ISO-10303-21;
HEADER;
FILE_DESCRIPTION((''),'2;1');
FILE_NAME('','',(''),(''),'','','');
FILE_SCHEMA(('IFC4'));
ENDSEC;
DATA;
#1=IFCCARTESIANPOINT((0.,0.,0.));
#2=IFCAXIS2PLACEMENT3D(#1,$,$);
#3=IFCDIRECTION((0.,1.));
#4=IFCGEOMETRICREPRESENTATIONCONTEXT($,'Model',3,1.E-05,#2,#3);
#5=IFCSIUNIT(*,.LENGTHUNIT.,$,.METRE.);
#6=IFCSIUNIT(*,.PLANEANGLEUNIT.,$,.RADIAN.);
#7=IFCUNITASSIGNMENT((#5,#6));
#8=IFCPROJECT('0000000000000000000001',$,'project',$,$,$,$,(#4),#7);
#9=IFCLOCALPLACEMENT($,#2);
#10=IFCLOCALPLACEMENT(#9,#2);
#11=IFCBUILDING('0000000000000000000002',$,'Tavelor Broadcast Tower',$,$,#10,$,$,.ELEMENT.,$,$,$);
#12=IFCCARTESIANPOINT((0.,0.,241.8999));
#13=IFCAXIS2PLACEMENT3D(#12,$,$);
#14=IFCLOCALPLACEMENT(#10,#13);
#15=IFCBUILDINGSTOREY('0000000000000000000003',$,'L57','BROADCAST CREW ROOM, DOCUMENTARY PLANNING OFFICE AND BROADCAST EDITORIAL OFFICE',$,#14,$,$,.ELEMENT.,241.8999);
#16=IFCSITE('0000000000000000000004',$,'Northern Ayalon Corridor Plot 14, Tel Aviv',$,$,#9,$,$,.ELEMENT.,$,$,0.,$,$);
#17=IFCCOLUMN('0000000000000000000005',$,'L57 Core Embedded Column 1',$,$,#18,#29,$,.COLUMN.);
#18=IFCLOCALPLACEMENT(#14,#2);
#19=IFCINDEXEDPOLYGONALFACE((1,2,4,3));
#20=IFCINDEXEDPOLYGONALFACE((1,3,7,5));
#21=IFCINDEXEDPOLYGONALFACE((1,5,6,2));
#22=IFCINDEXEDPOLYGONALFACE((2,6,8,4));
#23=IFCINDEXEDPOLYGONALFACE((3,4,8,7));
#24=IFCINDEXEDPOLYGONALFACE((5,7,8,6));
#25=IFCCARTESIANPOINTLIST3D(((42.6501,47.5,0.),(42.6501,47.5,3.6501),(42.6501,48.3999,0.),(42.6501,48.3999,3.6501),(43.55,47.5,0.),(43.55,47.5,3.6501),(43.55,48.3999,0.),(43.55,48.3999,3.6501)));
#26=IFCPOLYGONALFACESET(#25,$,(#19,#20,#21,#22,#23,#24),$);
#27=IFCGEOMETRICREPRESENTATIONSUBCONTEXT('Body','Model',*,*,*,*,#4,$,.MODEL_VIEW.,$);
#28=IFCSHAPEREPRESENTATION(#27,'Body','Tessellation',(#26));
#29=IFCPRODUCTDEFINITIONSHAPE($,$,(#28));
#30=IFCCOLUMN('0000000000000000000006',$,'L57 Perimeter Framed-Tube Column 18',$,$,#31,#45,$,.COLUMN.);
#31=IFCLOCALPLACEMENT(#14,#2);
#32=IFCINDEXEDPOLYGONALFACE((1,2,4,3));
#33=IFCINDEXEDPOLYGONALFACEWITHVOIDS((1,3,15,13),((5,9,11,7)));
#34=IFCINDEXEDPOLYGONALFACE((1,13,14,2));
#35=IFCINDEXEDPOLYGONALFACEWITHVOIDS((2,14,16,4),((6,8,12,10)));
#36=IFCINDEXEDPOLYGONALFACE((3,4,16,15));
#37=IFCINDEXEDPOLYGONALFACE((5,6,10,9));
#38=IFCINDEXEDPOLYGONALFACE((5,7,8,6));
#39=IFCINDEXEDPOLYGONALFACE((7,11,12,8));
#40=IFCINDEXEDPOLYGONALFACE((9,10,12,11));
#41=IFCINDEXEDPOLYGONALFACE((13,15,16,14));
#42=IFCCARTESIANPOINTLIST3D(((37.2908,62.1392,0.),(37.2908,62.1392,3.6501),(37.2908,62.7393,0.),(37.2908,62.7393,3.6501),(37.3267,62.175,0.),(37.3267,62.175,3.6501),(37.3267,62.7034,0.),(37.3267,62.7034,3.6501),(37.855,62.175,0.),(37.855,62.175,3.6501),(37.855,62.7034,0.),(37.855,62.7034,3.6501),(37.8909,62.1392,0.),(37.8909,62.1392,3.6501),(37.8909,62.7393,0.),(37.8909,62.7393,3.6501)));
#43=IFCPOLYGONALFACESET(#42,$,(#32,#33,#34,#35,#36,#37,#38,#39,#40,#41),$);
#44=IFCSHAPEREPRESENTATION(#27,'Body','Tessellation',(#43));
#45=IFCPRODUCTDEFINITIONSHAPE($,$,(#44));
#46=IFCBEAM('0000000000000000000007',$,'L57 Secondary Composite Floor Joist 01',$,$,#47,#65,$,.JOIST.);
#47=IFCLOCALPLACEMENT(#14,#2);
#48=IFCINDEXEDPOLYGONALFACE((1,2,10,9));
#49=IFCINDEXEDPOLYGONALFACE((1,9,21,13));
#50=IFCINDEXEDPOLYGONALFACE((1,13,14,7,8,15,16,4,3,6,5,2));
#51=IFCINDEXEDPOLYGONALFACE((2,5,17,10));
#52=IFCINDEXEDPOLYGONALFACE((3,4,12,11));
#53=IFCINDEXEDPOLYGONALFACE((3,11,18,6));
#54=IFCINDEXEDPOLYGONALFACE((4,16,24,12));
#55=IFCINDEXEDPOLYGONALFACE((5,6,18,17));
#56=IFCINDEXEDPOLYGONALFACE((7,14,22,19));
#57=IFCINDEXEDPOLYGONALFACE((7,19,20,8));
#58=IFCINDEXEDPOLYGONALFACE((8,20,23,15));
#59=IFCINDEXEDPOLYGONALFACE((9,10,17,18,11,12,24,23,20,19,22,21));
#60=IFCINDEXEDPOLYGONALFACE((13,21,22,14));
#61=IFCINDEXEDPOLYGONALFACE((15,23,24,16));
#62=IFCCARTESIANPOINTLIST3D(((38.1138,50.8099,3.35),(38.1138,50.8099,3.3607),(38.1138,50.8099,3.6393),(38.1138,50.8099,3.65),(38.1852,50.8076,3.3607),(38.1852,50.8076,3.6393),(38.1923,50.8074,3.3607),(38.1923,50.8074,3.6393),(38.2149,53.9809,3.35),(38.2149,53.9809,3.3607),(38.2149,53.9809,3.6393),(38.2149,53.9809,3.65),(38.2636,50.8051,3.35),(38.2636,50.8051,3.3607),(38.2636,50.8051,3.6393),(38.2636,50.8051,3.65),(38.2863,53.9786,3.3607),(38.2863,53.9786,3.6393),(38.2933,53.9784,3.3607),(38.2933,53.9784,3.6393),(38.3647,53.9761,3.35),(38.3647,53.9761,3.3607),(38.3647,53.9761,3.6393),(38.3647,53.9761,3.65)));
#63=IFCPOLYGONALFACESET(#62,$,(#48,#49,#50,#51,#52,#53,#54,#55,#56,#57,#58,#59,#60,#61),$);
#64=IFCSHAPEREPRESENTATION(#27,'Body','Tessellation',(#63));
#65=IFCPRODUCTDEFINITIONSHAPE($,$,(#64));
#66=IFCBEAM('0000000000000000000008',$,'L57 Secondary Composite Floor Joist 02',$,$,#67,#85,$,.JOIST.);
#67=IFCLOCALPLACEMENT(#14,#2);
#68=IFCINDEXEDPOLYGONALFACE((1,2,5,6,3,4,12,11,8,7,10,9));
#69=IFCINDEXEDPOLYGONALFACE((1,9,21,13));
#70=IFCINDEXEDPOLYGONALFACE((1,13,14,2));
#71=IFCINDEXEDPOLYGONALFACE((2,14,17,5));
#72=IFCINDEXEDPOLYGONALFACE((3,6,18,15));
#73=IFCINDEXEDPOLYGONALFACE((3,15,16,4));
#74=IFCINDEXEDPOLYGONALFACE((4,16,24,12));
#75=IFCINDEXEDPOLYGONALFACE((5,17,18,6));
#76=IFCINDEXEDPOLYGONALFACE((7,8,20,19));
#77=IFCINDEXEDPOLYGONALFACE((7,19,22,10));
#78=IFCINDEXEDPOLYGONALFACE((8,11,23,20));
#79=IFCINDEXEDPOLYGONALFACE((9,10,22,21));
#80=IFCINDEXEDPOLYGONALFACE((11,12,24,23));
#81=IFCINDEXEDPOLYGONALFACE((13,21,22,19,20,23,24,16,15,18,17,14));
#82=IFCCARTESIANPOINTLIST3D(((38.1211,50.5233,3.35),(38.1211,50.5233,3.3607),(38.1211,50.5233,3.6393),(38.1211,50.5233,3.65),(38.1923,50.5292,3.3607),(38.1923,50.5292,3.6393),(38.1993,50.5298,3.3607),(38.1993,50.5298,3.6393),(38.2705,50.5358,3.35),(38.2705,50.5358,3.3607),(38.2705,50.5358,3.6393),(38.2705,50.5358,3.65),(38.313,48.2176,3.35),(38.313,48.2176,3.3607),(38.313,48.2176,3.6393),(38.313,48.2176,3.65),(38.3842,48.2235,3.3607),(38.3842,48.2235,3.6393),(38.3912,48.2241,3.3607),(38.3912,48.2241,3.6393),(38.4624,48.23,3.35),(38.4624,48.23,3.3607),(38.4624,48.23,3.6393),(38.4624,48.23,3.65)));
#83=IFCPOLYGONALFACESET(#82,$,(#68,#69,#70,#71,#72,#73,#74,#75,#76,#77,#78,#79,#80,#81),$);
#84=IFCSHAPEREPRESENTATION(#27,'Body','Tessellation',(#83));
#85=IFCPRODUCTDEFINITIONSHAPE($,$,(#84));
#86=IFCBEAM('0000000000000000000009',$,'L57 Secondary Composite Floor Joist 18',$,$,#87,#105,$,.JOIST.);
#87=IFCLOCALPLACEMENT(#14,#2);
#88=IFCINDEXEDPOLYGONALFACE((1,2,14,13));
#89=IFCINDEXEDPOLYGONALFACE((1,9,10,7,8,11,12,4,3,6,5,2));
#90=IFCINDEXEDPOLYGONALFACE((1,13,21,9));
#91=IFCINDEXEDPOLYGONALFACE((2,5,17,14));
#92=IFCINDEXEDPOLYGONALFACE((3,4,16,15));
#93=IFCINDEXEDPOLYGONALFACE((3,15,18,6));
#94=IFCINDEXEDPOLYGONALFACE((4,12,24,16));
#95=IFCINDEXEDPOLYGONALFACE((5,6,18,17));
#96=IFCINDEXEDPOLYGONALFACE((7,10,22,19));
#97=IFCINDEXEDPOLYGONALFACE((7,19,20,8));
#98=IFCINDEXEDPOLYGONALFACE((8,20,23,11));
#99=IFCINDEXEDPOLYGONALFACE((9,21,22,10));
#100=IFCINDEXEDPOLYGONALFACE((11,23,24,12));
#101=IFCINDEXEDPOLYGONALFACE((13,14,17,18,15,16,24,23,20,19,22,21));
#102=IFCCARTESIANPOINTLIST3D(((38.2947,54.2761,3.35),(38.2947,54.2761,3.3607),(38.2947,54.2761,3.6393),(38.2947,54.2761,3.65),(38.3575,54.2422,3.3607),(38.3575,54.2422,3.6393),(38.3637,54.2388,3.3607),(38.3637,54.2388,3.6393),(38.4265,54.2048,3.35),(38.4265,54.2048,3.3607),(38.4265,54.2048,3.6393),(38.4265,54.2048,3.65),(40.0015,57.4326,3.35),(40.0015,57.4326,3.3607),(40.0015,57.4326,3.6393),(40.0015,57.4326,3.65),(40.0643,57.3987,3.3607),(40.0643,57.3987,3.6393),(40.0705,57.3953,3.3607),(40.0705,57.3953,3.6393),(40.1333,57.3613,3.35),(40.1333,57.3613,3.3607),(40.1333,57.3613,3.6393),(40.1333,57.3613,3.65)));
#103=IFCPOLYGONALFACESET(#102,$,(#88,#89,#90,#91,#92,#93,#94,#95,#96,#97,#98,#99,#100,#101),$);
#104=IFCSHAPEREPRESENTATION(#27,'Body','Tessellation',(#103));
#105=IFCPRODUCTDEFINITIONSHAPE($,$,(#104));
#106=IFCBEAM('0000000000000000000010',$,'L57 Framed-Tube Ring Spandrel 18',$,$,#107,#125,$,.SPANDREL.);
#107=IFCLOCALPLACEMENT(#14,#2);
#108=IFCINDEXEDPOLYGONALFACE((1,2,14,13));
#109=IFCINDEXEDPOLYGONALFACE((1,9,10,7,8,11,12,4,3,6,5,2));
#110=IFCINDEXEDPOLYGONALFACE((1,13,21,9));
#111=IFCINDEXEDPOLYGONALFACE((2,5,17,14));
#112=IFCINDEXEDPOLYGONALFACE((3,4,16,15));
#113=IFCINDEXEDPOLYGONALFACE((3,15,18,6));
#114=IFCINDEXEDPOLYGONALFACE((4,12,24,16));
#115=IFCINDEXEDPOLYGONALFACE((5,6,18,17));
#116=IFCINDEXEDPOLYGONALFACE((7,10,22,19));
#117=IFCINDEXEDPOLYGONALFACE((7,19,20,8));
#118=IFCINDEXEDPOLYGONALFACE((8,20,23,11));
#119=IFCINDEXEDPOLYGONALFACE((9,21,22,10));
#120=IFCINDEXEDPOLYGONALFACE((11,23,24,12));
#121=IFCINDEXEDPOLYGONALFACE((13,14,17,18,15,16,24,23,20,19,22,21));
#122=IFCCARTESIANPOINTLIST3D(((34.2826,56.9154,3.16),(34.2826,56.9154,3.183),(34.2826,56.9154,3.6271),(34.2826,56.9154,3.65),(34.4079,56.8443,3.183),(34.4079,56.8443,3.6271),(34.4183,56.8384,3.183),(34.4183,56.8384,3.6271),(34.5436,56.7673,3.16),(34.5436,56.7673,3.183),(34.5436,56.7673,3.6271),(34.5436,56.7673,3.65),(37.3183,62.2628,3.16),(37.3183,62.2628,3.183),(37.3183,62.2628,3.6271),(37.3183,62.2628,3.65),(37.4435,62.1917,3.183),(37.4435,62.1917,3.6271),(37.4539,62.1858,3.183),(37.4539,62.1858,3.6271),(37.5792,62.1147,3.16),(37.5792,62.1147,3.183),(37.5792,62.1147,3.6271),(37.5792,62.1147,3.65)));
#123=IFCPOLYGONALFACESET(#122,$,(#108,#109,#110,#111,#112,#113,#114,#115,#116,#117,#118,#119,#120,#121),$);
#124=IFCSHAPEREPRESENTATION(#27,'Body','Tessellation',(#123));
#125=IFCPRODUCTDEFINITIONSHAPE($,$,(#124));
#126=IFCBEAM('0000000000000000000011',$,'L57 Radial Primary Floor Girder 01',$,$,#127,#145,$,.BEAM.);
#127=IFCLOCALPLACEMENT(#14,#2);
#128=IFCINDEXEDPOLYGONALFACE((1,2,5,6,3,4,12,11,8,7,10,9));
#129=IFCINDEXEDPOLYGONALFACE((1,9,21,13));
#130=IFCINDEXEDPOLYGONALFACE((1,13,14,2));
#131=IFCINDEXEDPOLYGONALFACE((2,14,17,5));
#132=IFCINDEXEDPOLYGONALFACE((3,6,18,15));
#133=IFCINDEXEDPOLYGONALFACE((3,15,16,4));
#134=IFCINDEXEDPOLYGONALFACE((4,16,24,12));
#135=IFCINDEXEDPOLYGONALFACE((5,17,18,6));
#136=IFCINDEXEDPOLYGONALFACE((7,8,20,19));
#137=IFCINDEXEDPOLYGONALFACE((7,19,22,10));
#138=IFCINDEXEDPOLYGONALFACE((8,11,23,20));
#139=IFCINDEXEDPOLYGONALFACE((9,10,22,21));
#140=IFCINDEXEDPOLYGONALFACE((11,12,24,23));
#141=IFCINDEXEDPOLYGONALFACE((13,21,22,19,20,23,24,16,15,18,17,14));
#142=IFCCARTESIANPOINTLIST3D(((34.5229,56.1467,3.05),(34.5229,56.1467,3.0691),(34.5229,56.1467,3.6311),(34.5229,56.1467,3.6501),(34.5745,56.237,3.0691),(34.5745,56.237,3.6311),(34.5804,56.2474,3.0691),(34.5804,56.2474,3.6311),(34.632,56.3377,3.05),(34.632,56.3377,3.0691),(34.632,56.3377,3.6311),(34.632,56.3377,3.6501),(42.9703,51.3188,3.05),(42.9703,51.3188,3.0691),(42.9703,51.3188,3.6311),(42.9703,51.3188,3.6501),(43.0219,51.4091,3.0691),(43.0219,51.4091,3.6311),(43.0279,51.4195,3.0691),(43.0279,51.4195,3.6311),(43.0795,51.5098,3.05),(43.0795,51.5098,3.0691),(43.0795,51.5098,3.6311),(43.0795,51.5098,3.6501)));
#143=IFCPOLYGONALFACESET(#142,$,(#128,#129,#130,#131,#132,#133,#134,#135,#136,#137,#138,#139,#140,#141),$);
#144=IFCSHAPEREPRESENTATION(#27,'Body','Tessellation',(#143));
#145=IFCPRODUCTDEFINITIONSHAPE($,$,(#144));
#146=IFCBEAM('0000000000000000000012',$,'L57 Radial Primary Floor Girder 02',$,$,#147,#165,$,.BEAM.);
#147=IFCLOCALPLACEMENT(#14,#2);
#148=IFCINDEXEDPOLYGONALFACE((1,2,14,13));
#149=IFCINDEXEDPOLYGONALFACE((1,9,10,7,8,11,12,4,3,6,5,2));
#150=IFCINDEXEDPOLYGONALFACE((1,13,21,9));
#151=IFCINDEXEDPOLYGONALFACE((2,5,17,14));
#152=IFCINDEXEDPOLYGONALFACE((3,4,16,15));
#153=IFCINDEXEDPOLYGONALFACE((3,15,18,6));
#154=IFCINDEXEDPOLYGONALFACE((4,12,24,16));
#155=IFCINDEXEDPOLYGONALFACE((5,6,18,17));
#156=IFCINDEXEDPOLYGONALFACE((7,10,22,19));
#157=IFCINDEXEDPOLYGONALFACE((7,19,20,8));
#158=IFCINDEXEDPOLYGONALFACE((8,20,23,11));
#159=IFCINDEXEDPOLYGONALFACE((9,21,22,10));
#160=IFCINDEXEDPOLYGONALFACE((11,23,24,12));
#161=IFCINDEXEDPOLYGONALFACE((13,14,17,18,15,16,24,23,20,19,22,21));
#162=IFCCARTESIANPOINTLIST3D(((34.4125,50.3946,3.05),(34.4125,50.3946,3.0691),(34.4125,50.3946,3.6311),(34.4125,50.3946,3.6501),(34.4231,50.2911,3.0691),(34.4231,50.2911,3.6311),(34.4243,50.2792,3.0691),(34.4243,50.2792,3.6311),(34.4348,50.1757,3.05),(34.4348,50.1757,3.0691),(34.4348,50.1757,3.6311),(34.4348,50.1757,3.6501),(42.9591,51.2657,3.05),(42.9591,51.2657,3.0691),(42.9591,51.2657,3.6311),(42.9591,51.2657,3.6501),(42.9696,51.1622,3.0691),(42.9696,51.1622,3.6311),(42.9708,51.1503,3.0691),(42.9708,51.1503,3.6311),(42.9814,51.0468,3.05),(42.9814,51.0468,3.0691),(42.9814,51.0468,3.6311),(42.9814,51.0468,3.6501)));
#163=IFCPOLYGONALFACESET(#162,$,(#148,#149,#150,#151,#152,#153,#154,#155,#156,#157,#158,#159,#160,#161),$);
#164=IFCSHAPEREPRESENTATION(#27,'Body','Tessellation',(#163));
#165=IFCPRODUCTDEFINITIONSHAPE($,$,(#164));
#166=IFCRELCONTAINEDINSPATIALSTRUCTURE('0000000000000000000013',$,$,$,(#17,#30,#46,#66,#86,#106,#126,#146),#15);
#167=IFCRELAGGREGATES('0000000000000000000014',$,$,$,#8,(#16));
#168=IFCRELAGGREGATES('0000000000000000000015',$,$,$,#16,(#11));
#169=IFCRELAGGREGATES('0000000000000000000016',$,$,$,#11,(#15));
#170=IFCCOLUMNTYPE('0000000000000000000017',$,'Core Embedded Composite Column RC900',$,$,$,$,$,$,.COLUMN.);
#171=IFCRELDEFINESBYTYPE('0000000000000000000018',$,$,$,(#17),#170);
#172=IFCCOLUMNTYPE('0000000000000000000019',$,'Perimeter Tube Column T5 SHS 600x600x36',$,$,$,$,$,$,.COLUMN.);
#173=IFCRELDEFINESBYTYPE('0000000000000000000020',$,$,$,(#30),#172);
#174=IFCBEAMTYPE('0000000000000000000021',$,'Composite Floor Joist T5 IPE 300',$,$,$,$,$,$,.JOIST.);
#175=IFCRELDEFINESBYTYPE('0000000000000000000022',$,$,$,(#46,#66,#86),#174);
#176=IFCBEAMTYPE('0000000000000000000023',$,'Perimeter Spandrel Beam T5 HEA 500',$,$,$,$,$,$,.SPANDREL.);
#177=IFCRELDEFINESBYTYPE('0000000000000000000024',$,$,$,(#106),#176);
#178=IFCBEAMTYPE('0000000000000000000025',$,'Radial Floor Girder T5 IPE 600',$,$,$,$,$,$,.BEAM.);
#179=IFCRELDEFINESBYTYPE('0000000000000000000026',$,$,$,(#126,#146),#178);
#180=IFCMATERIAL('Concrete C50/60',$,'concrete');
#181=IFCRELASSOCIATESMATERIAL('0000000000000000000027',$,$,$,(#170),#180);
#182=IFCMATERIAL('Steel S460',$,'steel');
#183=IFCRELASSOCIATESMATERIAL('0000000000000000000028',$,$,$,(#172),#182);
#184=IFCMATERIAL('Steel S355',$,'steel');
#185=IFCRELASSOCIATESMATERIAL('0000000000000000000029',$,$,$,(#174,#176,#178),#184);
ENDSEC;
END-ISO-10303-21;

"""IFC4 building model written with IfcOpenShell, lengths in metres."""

from ifc_helpers import new_model, si_unit, direction, frame, origin, origin_2d, place, context, subcontext, project, spatial, rectangle, hollow_rectangle, i_section, extrude, material, material_profile, profile_set, type_object, element, save


model = new_model("IFC4")

# Units and contexts
model_context = context("Model", 3, precision=1e-05, world=origin(), true_north=direction((0.0, 1.0)))
body_context = subcontext(model_context, "Body", "Model", "MODEL_VIEW")
ifc_project = project(units=[si_unit("LENGTHUNIT", "METRE"), si_unit("PLANEANGLEUNIT", "RADIAN")], contexts=[model_context])

# Site, building, storey
site_placement = place(None, origin())
site = spatial("IfcSite", under=ifc_project, at=site_placement, Name="Northern Ayalon Corridor Plot 14, Tel Aviv", CompositionType="ELEMENT", RefElevation=0.0)
building_placement = place(site_placement, origin())
building = spatial("IfcBuilding", under=site, at=building_placement, Name="Tavelor Broadcast Tower", CompositionType="ELEMENT")
storey_placement = place(building_placement, frame((0.0, 0.0, 241.8999)))
storey = spatial("IfcBuildingStorey", under=building, at=storey_placement, Name="L57", Description="BROADCAST CREW ROOM, DOCUMENTARY PLANNING OFFICE AND BROADCAST EDITORIAL OFFICE", CompositionType="ELEMENT", Elevation=241.8999)

# Columns
ifc_material_1 = material(Name="Concrete C50/60", Category="concrete")
ifc_material_profile_1 = material_profile(ifc_material_1, rectangle(XDim=0.8999, YDim=0.8999, at=origin_2d()), Name="RC 900x900")
ifc_profile_set_1 = profile_set([ifc_material_profile_1], Name="Concrete C50/60")
column_type_1 = type_object("IfcColumnType", Name="Core Embedded Composite Column RC900", PredefinedType="COLUMN", material=ifc_profile_set_1)
column_1_placement = place(storey_placement, frame((43.1001, 47.95, 0.0), z_axis=(0.0, 0.0, 1.0), x_axis=(1.0, 0.0, 0.0)))
element("IfcColumn", 1, at=column_1_placement, inside=storey, type_object=column_type_1, Name="L57 Core Embedded Column 1", PredefinedType="COLUMN", context=body_context, shape_type="SweptSolid", body=[
    extrude(rectangle(XDim=0.8999, YDim=0.8999, at=origin_2d()), origin(), (0.0, 0.0, 1.0), 3.6501),
])
ifc_material_2 = material(Name="Steel S460", Category="steel")
ifc_material_profile_2 = material_profile(ifc_material_2, hollow_rectangle(XDim=0.6001, YDim=0.6001, WallThickness=0.0359, at=origin_2d()), Name="SHS 600x600x36")
ifc_profile_set_2 = profile_set([ifc_material_profile_2], Name="Steel S460")
column_type_2 = type_object("IfcColumnType", Name="Perimeter Tube Column T5 SHS 600x600x36", PredefinedType="COLUMN", material=ifc_profile_set_2)
column_2_placement = place(storey_placement, frame((37.5908, 62.4392, 0.0), z_axis=(0.0, 0.0, 1.0), x_axis=(1.0, 0.0, 0.0)))
element("IfcColumn", 2, at=column_2_placement, inside=storey, type_object=column_type_2, Name="L57 Perimeter Framed-Tube Column 18", PredefinedType="COLUMN", context=body_context, shape_type="SweptSolid", body=[
    extrude(hollow_rectangle(XDim=0.6001, YDim=0.6001, WallThickness=0.0359, at=origin_2d()), origin(), (0.0, 0.0, 1.0), 3.6501),
])

# Beams
ifc_material_3 = material(Name="Steel S355", Category="steel")
ifc_material_profile_3 = material_profile(ifc_material_3, i_section(OverallWidth=0.1499, OverallDepth=0.3, WebThickness=0.0071, FlangeThickness=0.0107, at=origin_2d()), Name="IPE 300")
ifc_profile_set_3 = profile_set([ifc_material_profile_3], Name="Steel S355")
beam_type_1 = type_object("IfcBeamType", Name="Composite Floor Joist T5 IPE 300", PredefinedType="JOIST", material=ifc_profile_set_3)
beam_1_placement = place(storey_placement, frame((38.2898, 53.9785, 3.5), z_axis=(-0.031859, -0.999492, 0.0), x_axis=(0.999492, -0.031859, 0.0)))
element("IfcBeam", 3, at=beam_1_placement, inside=storey, type_object=beam_type_1, Name="L57 Secondary Composite Floor Joist 01", PredefinedType="JOIST", context=body_context, shape_type="SweptSolid", body=[
    extrude(i_section(OverallWidth=0.1499, OverallDepth=0.3, WebThickness=0.0071, FlangeThickness=0.0107, at=origin_2d()), origin(), (0.0, 0.0, 1.0), 3.1726),
])
beam_2_placement = place(storey_placement, frame((38.1958, 50.5295, 3.5), z_axis=(0.082941, -0.996554, 0.0), x_axis=(0.996554, 0.082941, 0.0)))
element("IfcBeam", 4, at=beam_2_placement, inside=storey, type_object=beam_type_1, Name="L57 Secondary Composite Floor Joist 02", PredefinedType="JOIST", context=body_context, shape_type="SweptSolid", body=[
    extrude(i_section(OverallWidth=0.1499, OverallDepth=0.3, WebThickness=0.0071, FlangeThickness=0.0107, at=origin_2d()), origin(), (0.0, 0.0, 1.0), 2.3137),
])
beam_3_placement = place(storey_placement, frame((40.0674, 57.397, 3.5), z_axis=(-0.475641, -0.87964, 0.0), x_axis=(0.87964, -0.475641, 0.0)))
element("IfcBeam", 5, at=beam_3_placement, inside=storey, type_object=beam_type_1, Name="L57 Secondary Composite Floor Joist 18", PredefinedType="JOIST", context=body_context, shape_type="SweptSolid", body=[
    extrude(i_section(OverallWidth=0.1499, OverallDepth=0.3, WebThickness=0.0071, FlangeThickness=0.0107, at=origin_2d()), origin(), (0.0, 0.0, 1.0), 3.5884),
])
ifc_material_profile_4 = material_profile(ifc_material_3, i_section(OverallWidth=0.3, OverallDepth=0.49, WebThickness=0.012, FlangeThickness=0.0229, at=origin_2d()), Name="HEA 500")
ifc_profile_set_4 = profile_set([ifc_material_profile_4], Name="Steel S355")
beam_type_2 = type_object("IfcBeamType", Name="Perimeter Spandrel Beam T5 HEA 500", PredefinedType="SPANDREL", material=ifc_profile_set_4)
beam_4_placement = place(storey_placement, frame((37.4487, 62.1887, 3.405), z_axis=(-0.493683, -0.869642, 0.0), x_axis=(0.869642, -0.493683, 0.0)))
element("IfcBeam", 6, at=beam_4_placement, inside=storey, type_object=beam_type_2, Name="L57 Framed-Tube Ring Spandrel 18", PredefinedType="SPANDREL", context=body_context, shape_type="SweptSolid", body=[
    extrude(i_section(OverallWidth=0.3, OverallDepth=0.49, WebThickness=0.012, FlangeThickness=0.0229, at=origin_2d()), origin(), (0.0, 0.0, 1.0), 6.1489),
])
ifc_material_profile_5 = material_profile(ifc_material_3, i_section(OverallWidth=0.22, OverallDepth=0.6001, WebThickness=0.012, FlangeThickness=0.019, at=origin_2d()), Name="IPE 600")
ifc_profile_set_5 = profile_set([ifc_material_profile_5], Name="Steel S355")
beam_type_3 = type_object("IfcBeamType", Name="Radial Floor Girder T5 IPE 600", PredefinedType="BEAM", material=ifc_profile_set_5)
beam_5_placement = place(storey_placement, frame((43.0249, 51.4143, 3.3501), z_axis=(-0.868211, 0.496196, 0.0), x_axis=(-0.496196, -0.868211, 0.0)))
element("IfcBeam", 7, at=beam_5_placement, inside=storey, type_object=beam_type_3, Name="L57 Radial Primary Floor Girder 01", PredefinedType="BEAM", context=body_context, shape_type="SweptSolid", body=[
    extrude(i_section(OverallWidth=0.22, OverallDepth=0.6001, WebThickness=0.012, FlangeThickness=0.019, at=origin_2d()), origin(), (0.0, 0.0, 1.0), 9.7297),
])
beam_6_placement = place(storey_placement, frame((42.9702, 51.1562, 3.3501), z_axis=(-0.994846, -0.101397, 0.0), x_axis=(0.101397, -0.994846, 0.0)))
element("IfcBeam", 8, at=beam_6_placement, inside=storey, type_object=beam_type_3, Name="L57 Radial Primary Floor Girder 02", PredefinedType="BEAM", context=body_context, shape_type="SweptSolid", body=[
    extrude(i_section(OverallWidth=0.22, OverallDepth=0.6001, WebThickness=0.012, FlangeThickness=0.019, at=origin_2d()), origin(), (0.0, 0.0, 1.0), 8.5908),
])

save(model, "model.ifc")
